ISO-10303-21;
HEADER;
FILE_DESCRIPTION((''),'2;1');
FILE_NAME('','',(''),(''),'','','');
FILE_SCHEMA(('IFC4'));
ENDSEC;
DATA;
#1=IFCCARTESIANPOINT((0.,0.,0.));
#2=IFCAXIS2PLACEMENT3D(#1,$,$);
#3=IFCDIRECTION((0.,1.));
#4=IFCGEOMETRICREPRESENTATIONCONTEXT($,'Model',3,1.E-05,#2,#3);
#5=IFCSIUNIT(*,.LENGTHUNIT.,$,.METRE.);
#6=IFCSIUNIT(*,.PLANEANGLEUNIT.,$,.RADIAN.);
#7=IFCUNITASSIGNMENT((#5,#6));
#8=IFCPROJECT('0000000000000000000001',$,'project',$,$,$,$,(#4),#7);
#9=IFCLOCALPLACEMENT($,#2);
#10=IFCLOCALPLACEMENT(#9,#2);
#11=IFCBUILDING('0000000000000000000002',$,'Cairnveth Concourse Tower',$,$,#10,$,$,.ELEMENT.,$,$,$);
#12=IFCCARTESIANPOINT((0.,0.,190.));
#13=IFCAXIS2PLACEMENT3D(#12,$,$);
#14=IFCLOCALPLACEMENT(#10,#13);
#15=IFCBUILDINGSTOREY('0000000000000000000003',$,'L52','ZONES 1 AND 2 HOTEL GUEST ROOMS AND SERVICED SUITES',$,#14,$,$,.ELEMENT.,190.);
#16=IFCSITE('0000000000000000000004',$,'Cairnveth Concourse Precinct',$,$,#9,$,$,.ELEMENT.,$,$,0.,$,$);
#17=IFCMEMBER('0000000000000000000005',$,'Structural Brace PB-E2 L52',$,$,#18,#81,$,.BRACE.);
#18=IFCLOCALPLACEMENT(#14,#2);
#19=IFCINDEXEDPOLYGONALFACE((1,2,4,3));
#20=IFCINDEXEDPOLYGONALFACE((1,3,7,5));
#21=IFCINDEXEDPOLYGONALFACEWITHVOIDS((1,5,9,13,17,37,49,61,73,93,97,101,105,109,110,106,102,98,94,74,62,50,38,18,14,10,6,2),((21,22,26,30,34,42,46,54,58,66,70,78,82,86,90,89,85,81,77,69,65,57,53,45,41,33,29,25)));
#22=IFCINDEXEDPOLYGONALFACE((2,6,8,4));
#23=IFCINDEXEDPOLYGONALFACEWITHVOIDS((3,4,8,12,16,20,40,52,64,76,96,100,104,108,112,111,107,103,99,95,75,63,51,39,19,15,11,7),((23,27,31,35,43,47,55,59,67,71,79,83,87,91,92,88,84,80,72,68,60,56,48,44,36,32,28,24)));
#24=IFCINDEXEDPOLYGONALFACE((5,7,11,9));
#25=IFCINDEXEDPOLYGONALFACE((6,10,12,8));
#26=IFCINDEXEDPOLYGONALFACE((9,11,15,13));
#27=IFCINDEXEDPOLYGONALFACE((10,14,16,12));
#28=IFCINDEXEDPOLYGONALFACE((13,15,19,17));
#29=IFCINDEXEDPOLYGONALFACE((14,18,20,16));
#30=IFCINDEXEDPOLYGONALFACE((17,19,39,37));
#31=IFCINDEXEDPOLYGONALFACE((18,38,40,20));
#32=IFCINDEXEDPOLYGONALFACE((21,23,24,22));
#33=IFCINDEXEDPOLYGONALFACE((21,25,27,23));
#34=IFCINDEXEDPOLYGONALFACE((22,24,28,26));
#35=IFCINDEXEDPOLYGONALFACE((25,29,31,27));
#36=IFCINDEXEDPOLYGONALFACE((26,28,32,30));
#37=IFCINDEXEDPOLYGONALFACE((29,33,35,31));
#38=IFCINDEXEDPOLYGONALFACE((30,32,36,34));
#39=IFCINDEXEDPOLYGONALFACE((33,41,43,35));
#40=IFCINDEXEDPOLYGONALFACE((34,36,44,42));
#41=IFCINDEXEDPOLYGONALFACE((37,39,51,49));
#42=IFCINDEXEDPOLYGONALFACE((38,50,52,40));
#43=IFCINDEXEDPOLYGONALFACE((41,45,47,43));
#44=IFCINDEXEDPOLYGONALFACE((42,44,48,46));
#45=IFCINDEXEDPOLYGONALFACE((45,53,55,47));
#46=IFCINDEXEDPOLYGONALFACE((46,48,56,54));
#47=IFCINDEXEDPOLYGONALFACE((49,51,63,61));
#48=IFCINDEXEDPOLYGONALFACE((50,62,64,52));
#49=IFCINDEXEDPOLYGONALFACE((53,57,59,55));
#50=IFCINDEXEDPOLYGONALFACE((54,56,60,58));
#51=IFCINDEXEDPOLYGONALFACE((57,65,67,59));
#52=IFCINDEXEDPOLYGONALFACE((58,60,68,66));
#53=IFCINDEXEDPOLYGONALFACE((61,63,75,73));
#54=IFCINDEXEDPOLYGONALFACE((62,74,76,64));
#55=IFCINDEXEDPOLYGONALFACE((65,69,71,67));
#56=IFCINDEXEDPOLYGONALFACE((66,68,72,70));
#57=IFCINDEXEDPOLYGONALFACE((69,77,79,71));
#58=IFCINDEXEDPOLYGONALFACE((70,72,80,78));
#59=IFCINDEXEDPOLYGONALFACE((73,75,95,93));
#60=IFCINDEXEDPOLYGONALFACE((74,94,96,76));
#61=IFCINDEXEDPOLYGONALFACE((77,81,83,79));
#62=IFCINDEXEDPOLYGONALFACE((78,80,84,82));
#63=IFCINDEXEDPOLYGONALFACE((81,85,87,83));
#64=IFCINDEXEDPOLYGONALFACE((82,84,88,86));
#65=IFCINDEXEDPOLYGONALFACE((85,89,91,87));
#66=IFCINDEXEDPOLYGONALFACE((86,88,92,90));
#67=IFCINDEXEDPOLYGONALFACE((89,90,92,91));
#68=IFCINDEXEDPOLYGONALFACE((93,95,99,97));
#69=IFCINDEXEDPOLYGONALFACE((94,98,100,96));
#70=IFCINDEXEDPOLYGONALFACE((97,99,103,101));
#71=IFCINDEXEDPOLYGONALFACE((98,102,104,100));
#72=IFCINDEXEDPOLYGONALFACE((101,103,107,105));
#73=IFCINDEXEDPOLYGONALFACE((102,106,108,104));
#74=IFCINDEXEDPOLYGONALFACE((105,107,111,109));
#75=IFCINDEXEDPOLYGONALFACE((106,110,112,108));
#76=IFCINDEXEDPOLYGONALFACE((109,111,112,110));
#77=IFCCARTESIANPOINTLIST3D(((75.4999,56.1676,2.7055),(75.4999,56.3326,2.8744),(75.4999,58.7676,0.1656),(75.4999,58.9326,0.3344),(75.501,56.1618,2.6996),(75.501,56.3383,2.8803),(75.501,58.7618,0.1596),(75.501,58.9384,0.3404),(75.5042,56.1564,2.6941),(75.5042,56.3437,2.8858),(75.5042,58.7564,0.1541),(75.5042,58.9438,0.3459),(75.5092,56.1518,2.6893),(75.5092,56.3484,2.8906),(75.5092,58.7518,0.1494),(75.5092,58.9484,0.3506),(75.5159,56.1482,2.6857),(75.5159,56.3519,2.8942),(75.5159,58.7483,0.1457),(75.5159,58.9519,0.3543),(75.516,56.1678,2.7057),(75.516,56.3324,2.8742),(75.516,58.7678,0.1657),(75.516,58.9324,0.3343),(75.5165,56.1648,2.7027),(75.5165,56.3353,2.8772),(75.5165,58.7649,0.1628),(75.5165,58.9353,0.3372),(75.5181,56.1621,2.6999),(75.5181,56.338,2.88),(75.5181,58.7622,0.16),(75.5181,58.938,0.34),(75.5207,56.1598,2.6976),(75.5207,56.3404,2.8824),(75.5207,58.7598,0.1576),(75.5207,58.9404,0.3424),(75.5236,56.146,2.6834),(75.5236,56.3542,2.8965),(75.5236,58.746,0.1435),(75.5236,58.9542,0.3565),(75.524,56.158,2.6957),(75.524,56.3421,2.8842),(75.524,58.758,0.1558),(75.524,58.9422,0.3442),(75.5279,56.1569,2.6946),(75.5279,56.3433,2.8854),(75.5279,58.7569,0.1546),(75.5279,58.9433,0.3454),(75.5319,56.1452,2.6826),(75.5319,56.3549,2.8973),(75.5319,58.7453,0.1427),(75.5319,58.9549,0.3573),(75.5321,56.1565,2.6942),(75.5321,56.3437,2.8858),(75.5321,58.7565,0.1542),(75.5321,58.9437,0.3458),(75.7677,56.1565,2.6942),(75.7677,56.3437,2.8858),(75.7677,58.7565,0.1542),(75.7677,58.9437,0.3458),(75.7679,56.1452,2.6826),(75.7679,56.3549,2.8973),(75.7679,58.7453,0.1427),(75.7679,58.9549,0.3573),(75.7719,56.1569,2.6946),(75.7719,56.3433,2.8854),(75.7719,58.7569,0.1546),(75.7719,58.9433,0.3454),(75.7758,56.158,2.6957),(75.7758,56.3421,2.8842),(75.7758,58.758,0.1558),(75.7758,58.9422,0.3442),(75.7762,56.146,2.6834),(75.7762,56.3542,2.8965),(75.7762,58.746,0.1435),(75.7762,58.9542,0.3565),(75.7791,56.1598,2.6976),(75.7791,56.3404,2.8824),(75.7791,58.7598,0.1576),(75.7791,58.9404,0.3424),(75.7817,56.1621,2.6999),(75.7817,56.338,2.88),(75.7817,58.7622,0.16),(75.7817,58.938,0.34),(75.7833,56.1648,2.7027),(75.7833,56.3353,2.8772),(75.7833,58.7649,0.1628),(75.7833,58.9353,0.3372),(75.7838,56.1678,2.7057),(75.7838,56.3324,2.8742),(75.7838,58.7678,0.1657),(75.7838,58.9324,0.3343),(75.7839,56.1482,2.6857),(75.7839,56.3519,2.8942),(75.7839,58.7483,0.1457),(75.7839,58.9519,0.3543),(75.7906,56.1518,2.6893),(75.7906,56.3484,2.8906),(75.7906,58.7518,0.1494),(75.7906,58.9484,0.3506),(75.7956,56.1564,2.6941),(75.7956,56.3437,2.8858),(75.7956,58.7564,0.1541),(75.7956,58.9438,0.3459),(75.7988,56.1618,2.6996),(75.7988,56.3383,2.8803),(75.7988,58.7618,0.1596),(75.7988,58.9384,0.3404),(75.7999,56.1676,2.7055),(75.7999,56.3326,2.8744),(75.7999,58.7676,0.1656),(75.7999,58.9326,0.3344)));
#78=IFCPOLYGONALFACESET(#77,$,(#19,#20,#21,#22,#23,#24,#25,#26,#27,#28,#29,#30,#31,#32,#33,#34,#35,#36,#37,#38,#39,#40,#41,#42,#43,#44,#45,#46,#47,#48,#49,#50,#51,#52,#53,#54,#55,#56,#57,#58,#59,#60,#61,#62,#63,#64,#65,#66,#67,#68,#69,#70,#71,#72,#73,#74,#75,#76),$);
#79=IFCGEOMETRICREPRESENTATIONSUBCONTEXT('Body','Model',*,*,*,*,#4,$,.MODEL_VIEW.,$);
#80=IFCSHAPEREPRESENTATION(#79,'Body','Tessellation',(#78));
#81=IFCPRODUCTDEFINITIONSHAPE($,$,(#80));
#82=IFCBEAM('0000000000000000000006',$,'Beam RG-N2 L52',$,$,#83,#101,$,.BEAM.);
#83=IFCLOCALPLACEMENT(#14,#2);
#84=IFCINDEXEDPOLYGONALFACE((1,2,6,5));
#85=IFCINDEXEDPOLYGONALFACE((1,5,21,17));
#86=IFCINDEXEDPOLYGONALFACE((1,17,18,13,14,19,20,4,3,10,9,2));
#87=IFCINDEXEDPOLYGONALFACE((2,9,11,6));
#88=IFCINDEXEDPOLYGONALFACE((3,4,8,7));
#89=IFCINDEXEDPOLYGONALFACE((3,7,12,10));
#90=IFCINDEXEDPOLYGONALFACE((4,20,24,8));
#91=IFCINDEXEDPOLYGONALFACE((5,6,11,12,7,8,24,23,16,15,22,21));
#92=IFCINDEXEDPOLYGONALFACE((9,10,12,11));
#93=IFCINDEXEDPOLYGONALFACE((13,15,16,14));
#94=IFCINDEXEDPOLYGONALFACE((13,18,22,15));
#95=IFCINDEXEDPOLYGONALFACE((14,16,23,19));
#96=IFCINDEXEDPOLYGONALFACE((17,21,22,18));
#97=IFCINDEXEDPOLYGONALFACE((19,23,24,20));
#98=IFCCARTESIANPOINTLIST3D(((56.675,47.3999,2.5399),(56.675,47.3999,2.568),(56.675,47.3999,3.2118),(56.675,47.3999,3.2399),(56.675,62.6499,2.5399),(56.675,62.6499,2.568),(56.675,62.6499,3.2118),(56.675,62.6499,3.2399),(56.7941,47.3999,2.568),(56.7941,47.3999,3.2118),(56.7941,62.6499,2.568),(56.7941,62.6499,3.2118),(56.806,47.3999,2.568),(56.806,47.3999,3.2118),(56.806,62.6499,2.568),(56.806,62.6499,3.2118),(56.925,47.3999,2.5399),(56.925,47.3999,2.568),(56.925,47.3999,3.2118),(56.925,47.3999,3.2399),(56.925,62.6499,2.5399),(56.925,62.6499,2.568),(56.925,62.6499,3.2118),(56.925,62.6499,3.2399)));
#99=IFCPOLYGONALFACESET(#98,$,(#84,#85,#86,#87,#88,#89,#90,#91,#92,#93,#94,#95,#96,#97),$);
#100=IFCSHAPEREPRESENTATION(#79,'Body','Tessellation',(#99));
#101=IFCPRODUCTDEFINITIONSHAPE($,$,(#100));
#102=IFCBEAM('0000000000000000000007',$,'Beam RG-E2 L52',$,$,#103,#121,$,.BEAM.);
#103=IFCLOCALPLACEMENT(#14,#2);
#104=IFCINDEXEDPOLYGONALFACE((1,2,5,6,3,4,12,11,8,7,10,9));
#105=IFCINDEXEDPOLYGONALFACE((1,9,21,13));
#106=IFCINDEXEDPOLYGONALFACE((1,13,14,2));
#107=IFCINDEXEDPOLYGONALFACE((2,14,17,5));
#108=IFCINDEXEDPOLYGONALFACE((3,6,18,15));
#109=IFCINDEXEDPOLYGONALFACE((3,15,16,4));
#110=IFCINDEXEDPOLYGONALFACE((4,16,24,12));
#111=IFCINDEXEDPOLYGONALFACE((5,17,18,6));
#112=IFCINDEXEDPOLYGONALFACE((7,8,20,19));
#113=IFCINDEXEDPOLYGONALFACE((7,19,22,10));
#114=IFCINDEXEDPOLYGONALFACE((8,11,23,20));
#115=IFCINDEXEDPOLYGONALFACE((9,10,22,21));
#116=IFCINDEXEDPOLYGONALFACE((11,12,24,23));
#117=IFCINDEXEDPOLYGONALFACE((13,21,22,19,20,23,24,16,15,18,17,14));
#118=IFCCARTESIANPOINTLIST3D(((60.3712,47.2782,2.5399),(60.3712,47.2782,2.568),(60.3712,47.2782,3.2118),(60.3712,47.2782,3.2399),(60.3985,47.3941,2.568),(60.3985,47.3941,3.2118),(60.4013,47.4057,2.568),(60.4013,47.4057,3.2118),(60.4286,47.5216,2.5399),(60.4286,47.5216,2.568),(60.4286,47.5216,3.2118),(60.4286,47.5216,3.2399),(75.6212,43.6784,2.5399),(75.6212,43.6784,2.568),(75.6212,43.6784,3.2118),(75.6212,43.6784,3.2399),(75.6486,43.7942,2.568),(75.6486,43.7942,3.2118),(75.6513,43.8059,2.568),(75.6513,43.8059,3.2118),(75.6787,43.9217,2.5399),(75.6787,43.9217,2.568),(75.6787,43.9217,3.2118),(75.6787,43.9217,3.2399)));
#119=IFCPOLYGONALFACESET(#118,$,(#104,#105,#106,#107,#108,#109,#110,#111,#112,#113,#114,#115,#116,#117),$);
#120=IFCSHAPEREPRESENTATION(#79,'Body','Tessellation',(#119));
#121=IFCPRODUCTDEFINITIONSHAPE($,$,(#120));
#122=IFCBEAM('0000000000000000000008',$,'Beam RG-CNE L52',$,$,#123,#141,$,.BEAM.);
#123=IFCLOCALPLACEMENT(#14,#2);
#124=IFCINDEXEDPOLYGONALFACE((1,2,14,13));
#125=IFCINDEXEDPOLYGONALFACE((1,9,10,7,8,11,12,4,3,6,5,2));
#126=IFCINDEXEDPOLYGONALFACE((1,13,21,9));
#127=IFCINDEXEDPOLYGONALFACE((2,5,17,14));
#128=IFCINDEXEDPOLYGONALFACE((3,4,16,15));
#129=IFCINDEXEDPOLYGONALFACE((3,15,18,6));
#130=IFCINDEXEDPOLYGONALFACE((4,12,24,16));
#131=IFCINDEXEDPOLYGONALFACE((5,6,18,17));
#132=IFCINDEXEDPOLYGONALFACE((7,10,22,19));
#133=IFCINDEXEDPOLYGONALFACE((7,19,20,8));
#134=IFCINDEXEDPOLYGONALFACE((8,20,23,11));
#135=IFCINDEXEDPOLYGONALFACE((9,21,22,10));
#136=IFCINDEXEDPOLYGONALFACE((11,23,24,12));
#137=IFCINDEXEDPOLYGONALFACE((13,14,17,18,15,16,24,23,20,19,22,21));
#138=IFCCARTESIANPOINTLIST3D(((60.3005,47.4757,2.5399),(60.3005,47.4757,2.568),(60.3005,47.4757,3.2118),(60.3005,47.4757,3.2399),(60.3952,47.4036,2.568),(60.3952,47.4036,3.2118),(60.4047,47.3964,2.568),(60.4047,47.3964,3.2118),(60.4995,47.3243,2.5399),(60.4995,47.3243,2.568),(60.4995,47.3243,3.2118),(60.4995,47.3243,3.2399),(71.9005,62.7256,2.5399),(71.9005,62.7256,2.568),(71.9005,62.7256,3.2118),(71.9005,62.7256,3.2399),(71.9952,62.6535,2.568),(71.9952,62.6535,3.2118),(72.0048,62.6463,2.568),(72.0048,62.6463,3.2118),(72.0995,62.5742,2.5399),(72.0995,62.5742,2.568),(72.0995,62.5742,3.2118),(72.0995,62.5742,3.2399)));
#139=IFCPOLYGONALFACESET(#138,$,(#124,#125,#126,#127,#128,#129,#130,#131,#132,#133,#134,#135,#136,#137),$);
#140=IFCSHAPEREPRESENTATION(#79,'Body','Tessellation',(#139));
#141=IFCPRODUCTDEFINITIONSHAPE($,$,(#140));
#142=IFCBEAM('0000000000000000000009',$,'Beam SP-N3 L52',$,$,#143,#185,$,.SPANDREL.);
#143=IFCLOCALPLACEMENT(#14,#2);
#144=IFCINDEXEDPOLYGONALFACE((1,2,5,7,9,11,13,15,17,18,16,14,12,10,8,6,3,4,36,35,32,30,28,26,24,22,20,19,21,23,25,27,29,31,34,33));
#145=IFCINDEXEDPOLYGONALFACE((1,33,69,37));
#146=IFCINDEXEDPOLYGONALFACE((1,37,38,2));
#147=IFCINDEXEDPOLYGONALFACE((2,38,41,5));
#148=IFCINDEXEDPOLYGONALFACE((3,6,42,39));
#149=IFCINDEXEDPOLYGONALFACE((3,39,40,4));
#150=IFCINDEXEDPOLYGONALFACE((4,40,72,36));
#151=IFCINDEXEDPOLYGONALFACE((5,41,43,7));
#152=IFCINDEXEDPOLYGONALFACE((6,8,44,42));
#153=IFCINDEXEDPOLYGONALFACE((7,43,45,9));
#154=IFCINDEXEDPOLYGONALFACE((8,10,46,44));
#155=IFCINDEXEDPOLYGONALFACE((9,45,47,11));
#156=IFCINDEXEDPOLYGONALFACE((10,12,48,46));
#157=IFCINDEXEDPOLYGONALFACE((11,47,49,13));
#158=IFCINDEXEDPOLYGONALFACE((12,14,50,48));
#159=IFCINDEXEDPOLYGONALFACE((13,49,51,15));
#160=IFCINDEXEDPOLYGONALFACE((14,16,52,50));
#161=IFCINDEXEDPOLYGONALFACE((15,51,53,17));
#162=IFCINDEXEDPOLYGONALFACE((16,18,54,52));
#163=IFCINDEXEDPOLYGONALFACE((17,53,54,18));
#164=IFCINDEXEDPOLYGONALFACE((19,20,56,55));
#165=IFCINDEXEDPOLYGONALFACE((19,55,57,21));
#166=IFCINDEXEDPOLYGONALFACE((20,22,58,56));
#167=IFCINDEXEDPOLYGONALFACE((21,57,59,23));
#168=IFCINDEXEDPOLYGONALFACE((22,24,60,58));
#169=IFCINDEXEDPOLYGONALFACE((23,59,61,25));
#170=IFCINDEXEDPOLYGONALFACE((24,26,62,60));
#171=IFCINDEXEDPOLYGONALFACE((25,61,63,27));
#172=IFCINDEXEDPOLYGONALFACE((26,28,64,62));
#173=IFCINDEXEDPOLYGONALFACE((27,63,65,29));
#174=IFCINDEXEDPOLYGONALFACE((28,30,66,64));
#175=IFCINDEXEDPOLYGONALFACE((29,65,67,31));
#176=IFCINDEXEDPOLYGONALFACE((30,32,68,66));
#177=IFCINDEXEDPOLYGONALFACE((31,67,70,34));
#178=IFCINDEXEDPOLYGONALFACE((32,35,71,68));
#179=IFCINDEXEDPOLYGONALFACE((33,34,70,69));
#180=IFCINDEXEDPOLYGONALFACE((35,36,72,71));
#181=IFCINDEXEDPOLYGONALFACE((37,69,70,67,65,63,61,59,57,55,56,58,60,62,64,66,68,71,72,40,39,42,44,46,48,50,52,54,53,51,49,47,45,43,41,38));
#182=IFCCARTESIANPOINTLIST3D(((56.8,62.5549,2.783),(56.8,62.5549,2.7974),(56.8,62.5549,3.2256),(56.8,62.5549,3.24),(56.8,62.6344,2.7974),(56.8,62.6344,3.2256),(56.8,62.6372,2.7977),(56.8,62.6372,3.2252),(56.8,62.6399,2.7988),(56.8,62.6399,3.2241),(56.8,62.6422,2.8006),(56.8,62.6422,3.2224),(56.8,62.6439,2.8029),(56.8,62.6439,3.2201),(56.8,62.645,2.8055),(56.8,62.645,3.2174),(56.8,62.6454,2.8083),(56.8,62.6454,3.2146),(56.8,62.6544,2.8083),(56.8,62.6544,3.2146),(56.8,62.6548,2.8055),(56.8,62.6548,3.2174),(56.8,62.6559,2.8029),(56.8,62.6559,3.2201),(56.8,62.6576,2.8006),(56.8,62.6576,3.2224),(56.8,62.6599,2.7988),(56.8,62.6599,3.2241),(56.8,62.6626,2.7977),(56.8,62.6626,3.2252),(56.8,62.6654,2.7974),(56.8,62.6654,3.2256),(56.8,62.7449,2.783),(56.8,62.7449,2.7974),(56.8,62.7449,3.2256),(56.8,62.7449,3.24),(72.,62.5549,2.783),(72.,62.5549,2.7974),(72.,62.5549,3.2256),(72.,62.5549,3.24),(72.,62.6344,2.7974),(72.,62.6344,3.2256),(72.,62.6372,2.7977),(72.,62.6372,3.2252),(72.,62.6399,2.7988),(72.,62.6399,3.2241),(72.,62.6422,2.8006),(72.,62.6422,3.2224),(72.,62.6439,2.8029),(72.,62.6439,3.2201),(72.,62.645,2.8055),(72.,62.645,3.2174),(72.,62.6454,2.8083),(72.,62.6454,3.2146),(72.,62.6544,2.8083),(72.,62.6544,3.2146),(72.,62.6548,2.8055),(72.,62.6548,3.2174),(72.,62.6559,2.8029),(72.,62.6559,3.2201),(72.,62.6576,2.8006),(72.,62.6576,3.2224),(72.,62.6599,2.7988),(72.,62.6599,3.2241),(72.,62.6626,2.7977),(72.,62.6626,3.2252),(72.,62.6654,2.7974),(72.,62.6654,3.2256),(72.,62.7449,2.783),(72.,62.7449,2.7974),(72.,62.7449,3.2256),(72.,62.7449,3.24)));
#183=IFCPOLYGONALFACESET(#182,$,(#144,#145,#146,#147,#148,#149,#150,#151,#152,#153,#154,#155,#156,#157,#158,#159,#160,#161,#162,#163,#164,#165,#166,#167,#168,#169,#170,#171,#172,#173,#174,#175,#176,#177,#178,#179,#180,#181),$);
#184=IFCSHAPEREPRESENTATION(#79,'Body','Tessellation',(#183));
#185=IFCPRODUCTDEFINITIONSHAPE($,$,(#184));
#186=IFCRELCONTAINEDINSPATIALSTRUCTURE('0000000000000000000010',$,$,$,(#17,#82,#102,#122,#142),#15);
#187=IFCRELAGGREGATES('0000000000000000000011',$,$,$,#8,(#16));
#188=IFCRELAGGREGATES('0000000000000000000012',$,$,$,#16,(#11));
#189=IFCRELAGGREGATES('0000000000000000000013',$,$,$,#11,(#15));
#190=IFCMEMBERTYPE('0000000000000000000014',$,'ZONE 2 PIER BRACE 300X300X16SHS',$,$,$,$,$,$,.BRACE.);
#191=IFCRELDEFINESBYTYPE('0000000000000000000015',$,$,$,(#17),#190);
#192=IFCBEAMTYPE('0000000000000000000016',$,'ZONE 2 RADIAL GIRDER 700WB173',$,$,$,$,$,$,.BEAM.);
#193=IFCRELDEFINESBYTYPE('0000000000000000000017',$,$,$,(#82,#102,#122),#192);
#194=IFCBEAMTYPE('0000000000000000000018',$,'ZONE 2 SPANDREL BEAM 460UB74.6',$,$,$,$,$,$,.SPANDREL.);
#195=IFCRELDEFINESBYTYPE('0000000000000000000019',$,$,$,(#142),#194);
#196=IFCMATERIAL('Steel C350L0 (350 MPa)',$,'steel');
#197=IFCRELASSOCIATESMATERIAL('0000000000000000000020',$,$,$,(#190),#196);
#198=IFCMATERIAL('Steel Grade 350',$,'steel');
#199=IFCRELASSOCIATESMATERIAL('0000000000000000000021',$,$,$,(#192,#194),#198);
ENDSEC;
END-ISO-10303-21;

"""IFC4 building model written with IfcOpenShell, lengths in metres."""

from ifc_helpers import new_model, si_unit, direction, frame, origin, origin_2d, place, context, subcontext, project, spatial, hollow_rectangle, i_section, extrude, material, material_profile, profile_set, type_object, element, save


model = new_model("IFC4")

# Units and contexts
model_context = context("Model", 3, precision=1e-05, world=origin(), true_north=direction((0.0, 1.0)))
body_context = subcontext(model_context, "Body", "Model", "MODEL_VIEW")
ifc_project = project(units=[si_unit("LENGTHUNIT", "METRE"), si_unit("PLANEANGLEUNIT", "RADIAN")], contexts=[model_context])

# Site, building, storey
site_placement = place(None, origin())
site = spatial("IfcSite", under=ifc_project, at=site_placement, Name="Cairnveth Concourse Precinct", CompositionType="ELEMENT", RefElevation=0.0)
building_placement = place(site_placement, origin())
building = spatial("IfcBuilding", under=site, at=building_placement, Name="Cairnveth Concourse Tower", CompositionType="ELEMENT")
storey_placement = place(building_placement, frame((0.0, 0.0, 190.0)))
storey = spatial("IfcBuildingStorey", under=building, at=storey_placement, Name="L52", Description="ZONES 1 AND 2 HOTEL GUEST ROOMS AND SERVICED SUITES", CompositionType="ELEMENT", Elevation=190.0)

# Shared definitions
ifc_material_1 = material(Name="Steel Grade 350", Category="steel")

# Member
ifc_material_2 = material(Name="Steel C350L0 (350 MPa)", Category="steel")
ifc_material_profile_1 = material_profile(ifc_material_2, hollow_rectangle(XDim=0.3, YDim=0.3, WallThickness=0.0161, InnerFilletRadius=0.0161, OuterFilletRadius=0.032, at=origin_2d()), Name="300x300x16.0SHS")
ifc_profile_set_1 = profile_set([ifc_material_profile_1], Name="Steel C350L0 (350 MPa)")
member_type = type_object("IfcMemberType", Name="ZONE 2 PIER BRACE 300X300X16SHS", PredefinedType="BRACE", material=ifc_profile_set_1)
for number, where, z_axis, x_axis, name in (
    (1, (75.6499, 58.8501, 0.25), (0.0, -0.71532, 0.698797), (1.0, 0.0, 0.0), "Structural Brace PB-E2 L52"),
):
    element("IfcMember", number, at=place(storey_placement, frame(where, z_axis=z_axis, x_axis=x_axis)), inside=storey, type_object=member_type, Name=name, PredefinedType="BRACE", context=body_context, shape_type="SweptSolid", body=[
        extrude(hollow_rectangle(XDim=0.3, YDim=0.3, WallThickness=0.0161, InnerFilletRadius=0.0161, OuterFilletRadius=0.032, at=origin_2d()), origin(), (0.0, 0.0, 1.0), 3.6348),
    ])

# Beams
ifc_material_profile_2 = material_profile(ifc_material_1, i_section(OverallWidth=0.25, OverallDepth=0.7, WebThickness=0.012, FlangeThickness=0.0281, at=origin_2d()), Name="700WB173")
ifc_profile_set_2 = profile_set([ifc_material_profile_2], Name="Steel Grade 350")
beam_type_1 = type_object("IfcBeamType", Name="ZONE 2 RADIAL GIRDER 700WB173", PredefinedType="BEAM", material=ifc_profile_set_2)
beam_1_placement = place(storey_placement, frame((56.8, 47.3999, 2.8899), z_axis=(0.0, 1.0, 0.0), x_axis=(-1.0, 0.0, 0.0)))
element("IfcBeam", 2, at=beam_1_placement, inside=storey, type_object=beam_type_1, Name="Beam RG-N2 L52", PredefinedType="BEAM", context=body_context, shape_type="SweptSolid", body=[
    extrude(i_section(OverallWidth=0.25, OverallDepth=0.7, WebThickness=0.012, FlangeThickness=0.0281, at=origin_2d()), origin(), (0.0, 0.0, 1.0), 15.25),
])
beam_2_placement = place(storey_placement, frame((60.3999, 47.3999, 2.8899), z_axis=(0.973252, -0.229742, 0.0), x_axis=(0.229742, 0.973252, 0.0)))
element("IfcBeam", 3, at=beam_2_placement, inside=storey, type_object=beam_type_1, Name="Beam RG-E2 L52", PredefinedType="BEAM", context=body_context, shape_type="SweptSolid", body=[
    extrude(i_section(OverallWidth=0.25, OverallDepth=0.7, WebThickness=0.012, FlangeThickness=0.0281, at=origin_2d()), origin(), (0.0, 0.0, 1.0), 15.6692),
])
beam_3_placement = place(storey_placement, frame((72.0, 62.6499, 2.8899), z_axis=(-0.605417, -0.795908, 0.0), x_axis=(0.795908, -0.605417, 0.0)))
element("IfcBeam", 4, at=beam_3_placement, inside=storey, type_object=beam_type_1, Name="Beam RG-CNE L52", PredefinedType="BEAM", context=body_context, shape_type="SweptSolid", body=[
    extrude(i_section(OverallWidth=0.25, OverallDepth=0.7, WebThickness=0.012, FlangeThickness=0.0281, at=origin_2d()), origin(), (0.0, 0.0, 1.0), 19.1604),
])
ifc_material_profile_3 = material_profile(ifc_material_1, i_section(OverallWidth=0.1899, OverallDepth=0.457, WebThickness=0.009, FlangeThickness=0.0144, FilletRadius=0.011, at=origin_2d()), Name="460UB74.6")
ifc_profile_set_3 = profile_set([ifc_material_profile_3], Name="Steel Grade 350")
beam_type_2 = type_object("IfcBeamType", Name="ZONE 2 SPANDREL BEAM 460UB74.6", PredefinedType="SPANDREL", material=ifc_profile_set_3)
beam_4_placement = place(storey_placement, frame((56.8, 62.6499, 3.0115), z_axis=(1.0, 0.0, 0.0), x_axis=(0.0, 1.0, 0.0)))
element("IfcBeam", 5, at=beam_4_placement, inside=storey, type_object=beam_type_2, Name="Beam SP-N3 L52", PredefinedType="SPANDREL", context=body_context, shape_type="SweptSolid", body=[
    extrude(i_section(OverallWidth=0.1899, OverallDepth=0.457, WebThickness=0.009, FlangeThickness=0.0144, FilletRadius=0.011, at=origin_2d()), origin(), (0.0, 0.0, 1.0), 15.2),
])

save(model, "model.ifc")
